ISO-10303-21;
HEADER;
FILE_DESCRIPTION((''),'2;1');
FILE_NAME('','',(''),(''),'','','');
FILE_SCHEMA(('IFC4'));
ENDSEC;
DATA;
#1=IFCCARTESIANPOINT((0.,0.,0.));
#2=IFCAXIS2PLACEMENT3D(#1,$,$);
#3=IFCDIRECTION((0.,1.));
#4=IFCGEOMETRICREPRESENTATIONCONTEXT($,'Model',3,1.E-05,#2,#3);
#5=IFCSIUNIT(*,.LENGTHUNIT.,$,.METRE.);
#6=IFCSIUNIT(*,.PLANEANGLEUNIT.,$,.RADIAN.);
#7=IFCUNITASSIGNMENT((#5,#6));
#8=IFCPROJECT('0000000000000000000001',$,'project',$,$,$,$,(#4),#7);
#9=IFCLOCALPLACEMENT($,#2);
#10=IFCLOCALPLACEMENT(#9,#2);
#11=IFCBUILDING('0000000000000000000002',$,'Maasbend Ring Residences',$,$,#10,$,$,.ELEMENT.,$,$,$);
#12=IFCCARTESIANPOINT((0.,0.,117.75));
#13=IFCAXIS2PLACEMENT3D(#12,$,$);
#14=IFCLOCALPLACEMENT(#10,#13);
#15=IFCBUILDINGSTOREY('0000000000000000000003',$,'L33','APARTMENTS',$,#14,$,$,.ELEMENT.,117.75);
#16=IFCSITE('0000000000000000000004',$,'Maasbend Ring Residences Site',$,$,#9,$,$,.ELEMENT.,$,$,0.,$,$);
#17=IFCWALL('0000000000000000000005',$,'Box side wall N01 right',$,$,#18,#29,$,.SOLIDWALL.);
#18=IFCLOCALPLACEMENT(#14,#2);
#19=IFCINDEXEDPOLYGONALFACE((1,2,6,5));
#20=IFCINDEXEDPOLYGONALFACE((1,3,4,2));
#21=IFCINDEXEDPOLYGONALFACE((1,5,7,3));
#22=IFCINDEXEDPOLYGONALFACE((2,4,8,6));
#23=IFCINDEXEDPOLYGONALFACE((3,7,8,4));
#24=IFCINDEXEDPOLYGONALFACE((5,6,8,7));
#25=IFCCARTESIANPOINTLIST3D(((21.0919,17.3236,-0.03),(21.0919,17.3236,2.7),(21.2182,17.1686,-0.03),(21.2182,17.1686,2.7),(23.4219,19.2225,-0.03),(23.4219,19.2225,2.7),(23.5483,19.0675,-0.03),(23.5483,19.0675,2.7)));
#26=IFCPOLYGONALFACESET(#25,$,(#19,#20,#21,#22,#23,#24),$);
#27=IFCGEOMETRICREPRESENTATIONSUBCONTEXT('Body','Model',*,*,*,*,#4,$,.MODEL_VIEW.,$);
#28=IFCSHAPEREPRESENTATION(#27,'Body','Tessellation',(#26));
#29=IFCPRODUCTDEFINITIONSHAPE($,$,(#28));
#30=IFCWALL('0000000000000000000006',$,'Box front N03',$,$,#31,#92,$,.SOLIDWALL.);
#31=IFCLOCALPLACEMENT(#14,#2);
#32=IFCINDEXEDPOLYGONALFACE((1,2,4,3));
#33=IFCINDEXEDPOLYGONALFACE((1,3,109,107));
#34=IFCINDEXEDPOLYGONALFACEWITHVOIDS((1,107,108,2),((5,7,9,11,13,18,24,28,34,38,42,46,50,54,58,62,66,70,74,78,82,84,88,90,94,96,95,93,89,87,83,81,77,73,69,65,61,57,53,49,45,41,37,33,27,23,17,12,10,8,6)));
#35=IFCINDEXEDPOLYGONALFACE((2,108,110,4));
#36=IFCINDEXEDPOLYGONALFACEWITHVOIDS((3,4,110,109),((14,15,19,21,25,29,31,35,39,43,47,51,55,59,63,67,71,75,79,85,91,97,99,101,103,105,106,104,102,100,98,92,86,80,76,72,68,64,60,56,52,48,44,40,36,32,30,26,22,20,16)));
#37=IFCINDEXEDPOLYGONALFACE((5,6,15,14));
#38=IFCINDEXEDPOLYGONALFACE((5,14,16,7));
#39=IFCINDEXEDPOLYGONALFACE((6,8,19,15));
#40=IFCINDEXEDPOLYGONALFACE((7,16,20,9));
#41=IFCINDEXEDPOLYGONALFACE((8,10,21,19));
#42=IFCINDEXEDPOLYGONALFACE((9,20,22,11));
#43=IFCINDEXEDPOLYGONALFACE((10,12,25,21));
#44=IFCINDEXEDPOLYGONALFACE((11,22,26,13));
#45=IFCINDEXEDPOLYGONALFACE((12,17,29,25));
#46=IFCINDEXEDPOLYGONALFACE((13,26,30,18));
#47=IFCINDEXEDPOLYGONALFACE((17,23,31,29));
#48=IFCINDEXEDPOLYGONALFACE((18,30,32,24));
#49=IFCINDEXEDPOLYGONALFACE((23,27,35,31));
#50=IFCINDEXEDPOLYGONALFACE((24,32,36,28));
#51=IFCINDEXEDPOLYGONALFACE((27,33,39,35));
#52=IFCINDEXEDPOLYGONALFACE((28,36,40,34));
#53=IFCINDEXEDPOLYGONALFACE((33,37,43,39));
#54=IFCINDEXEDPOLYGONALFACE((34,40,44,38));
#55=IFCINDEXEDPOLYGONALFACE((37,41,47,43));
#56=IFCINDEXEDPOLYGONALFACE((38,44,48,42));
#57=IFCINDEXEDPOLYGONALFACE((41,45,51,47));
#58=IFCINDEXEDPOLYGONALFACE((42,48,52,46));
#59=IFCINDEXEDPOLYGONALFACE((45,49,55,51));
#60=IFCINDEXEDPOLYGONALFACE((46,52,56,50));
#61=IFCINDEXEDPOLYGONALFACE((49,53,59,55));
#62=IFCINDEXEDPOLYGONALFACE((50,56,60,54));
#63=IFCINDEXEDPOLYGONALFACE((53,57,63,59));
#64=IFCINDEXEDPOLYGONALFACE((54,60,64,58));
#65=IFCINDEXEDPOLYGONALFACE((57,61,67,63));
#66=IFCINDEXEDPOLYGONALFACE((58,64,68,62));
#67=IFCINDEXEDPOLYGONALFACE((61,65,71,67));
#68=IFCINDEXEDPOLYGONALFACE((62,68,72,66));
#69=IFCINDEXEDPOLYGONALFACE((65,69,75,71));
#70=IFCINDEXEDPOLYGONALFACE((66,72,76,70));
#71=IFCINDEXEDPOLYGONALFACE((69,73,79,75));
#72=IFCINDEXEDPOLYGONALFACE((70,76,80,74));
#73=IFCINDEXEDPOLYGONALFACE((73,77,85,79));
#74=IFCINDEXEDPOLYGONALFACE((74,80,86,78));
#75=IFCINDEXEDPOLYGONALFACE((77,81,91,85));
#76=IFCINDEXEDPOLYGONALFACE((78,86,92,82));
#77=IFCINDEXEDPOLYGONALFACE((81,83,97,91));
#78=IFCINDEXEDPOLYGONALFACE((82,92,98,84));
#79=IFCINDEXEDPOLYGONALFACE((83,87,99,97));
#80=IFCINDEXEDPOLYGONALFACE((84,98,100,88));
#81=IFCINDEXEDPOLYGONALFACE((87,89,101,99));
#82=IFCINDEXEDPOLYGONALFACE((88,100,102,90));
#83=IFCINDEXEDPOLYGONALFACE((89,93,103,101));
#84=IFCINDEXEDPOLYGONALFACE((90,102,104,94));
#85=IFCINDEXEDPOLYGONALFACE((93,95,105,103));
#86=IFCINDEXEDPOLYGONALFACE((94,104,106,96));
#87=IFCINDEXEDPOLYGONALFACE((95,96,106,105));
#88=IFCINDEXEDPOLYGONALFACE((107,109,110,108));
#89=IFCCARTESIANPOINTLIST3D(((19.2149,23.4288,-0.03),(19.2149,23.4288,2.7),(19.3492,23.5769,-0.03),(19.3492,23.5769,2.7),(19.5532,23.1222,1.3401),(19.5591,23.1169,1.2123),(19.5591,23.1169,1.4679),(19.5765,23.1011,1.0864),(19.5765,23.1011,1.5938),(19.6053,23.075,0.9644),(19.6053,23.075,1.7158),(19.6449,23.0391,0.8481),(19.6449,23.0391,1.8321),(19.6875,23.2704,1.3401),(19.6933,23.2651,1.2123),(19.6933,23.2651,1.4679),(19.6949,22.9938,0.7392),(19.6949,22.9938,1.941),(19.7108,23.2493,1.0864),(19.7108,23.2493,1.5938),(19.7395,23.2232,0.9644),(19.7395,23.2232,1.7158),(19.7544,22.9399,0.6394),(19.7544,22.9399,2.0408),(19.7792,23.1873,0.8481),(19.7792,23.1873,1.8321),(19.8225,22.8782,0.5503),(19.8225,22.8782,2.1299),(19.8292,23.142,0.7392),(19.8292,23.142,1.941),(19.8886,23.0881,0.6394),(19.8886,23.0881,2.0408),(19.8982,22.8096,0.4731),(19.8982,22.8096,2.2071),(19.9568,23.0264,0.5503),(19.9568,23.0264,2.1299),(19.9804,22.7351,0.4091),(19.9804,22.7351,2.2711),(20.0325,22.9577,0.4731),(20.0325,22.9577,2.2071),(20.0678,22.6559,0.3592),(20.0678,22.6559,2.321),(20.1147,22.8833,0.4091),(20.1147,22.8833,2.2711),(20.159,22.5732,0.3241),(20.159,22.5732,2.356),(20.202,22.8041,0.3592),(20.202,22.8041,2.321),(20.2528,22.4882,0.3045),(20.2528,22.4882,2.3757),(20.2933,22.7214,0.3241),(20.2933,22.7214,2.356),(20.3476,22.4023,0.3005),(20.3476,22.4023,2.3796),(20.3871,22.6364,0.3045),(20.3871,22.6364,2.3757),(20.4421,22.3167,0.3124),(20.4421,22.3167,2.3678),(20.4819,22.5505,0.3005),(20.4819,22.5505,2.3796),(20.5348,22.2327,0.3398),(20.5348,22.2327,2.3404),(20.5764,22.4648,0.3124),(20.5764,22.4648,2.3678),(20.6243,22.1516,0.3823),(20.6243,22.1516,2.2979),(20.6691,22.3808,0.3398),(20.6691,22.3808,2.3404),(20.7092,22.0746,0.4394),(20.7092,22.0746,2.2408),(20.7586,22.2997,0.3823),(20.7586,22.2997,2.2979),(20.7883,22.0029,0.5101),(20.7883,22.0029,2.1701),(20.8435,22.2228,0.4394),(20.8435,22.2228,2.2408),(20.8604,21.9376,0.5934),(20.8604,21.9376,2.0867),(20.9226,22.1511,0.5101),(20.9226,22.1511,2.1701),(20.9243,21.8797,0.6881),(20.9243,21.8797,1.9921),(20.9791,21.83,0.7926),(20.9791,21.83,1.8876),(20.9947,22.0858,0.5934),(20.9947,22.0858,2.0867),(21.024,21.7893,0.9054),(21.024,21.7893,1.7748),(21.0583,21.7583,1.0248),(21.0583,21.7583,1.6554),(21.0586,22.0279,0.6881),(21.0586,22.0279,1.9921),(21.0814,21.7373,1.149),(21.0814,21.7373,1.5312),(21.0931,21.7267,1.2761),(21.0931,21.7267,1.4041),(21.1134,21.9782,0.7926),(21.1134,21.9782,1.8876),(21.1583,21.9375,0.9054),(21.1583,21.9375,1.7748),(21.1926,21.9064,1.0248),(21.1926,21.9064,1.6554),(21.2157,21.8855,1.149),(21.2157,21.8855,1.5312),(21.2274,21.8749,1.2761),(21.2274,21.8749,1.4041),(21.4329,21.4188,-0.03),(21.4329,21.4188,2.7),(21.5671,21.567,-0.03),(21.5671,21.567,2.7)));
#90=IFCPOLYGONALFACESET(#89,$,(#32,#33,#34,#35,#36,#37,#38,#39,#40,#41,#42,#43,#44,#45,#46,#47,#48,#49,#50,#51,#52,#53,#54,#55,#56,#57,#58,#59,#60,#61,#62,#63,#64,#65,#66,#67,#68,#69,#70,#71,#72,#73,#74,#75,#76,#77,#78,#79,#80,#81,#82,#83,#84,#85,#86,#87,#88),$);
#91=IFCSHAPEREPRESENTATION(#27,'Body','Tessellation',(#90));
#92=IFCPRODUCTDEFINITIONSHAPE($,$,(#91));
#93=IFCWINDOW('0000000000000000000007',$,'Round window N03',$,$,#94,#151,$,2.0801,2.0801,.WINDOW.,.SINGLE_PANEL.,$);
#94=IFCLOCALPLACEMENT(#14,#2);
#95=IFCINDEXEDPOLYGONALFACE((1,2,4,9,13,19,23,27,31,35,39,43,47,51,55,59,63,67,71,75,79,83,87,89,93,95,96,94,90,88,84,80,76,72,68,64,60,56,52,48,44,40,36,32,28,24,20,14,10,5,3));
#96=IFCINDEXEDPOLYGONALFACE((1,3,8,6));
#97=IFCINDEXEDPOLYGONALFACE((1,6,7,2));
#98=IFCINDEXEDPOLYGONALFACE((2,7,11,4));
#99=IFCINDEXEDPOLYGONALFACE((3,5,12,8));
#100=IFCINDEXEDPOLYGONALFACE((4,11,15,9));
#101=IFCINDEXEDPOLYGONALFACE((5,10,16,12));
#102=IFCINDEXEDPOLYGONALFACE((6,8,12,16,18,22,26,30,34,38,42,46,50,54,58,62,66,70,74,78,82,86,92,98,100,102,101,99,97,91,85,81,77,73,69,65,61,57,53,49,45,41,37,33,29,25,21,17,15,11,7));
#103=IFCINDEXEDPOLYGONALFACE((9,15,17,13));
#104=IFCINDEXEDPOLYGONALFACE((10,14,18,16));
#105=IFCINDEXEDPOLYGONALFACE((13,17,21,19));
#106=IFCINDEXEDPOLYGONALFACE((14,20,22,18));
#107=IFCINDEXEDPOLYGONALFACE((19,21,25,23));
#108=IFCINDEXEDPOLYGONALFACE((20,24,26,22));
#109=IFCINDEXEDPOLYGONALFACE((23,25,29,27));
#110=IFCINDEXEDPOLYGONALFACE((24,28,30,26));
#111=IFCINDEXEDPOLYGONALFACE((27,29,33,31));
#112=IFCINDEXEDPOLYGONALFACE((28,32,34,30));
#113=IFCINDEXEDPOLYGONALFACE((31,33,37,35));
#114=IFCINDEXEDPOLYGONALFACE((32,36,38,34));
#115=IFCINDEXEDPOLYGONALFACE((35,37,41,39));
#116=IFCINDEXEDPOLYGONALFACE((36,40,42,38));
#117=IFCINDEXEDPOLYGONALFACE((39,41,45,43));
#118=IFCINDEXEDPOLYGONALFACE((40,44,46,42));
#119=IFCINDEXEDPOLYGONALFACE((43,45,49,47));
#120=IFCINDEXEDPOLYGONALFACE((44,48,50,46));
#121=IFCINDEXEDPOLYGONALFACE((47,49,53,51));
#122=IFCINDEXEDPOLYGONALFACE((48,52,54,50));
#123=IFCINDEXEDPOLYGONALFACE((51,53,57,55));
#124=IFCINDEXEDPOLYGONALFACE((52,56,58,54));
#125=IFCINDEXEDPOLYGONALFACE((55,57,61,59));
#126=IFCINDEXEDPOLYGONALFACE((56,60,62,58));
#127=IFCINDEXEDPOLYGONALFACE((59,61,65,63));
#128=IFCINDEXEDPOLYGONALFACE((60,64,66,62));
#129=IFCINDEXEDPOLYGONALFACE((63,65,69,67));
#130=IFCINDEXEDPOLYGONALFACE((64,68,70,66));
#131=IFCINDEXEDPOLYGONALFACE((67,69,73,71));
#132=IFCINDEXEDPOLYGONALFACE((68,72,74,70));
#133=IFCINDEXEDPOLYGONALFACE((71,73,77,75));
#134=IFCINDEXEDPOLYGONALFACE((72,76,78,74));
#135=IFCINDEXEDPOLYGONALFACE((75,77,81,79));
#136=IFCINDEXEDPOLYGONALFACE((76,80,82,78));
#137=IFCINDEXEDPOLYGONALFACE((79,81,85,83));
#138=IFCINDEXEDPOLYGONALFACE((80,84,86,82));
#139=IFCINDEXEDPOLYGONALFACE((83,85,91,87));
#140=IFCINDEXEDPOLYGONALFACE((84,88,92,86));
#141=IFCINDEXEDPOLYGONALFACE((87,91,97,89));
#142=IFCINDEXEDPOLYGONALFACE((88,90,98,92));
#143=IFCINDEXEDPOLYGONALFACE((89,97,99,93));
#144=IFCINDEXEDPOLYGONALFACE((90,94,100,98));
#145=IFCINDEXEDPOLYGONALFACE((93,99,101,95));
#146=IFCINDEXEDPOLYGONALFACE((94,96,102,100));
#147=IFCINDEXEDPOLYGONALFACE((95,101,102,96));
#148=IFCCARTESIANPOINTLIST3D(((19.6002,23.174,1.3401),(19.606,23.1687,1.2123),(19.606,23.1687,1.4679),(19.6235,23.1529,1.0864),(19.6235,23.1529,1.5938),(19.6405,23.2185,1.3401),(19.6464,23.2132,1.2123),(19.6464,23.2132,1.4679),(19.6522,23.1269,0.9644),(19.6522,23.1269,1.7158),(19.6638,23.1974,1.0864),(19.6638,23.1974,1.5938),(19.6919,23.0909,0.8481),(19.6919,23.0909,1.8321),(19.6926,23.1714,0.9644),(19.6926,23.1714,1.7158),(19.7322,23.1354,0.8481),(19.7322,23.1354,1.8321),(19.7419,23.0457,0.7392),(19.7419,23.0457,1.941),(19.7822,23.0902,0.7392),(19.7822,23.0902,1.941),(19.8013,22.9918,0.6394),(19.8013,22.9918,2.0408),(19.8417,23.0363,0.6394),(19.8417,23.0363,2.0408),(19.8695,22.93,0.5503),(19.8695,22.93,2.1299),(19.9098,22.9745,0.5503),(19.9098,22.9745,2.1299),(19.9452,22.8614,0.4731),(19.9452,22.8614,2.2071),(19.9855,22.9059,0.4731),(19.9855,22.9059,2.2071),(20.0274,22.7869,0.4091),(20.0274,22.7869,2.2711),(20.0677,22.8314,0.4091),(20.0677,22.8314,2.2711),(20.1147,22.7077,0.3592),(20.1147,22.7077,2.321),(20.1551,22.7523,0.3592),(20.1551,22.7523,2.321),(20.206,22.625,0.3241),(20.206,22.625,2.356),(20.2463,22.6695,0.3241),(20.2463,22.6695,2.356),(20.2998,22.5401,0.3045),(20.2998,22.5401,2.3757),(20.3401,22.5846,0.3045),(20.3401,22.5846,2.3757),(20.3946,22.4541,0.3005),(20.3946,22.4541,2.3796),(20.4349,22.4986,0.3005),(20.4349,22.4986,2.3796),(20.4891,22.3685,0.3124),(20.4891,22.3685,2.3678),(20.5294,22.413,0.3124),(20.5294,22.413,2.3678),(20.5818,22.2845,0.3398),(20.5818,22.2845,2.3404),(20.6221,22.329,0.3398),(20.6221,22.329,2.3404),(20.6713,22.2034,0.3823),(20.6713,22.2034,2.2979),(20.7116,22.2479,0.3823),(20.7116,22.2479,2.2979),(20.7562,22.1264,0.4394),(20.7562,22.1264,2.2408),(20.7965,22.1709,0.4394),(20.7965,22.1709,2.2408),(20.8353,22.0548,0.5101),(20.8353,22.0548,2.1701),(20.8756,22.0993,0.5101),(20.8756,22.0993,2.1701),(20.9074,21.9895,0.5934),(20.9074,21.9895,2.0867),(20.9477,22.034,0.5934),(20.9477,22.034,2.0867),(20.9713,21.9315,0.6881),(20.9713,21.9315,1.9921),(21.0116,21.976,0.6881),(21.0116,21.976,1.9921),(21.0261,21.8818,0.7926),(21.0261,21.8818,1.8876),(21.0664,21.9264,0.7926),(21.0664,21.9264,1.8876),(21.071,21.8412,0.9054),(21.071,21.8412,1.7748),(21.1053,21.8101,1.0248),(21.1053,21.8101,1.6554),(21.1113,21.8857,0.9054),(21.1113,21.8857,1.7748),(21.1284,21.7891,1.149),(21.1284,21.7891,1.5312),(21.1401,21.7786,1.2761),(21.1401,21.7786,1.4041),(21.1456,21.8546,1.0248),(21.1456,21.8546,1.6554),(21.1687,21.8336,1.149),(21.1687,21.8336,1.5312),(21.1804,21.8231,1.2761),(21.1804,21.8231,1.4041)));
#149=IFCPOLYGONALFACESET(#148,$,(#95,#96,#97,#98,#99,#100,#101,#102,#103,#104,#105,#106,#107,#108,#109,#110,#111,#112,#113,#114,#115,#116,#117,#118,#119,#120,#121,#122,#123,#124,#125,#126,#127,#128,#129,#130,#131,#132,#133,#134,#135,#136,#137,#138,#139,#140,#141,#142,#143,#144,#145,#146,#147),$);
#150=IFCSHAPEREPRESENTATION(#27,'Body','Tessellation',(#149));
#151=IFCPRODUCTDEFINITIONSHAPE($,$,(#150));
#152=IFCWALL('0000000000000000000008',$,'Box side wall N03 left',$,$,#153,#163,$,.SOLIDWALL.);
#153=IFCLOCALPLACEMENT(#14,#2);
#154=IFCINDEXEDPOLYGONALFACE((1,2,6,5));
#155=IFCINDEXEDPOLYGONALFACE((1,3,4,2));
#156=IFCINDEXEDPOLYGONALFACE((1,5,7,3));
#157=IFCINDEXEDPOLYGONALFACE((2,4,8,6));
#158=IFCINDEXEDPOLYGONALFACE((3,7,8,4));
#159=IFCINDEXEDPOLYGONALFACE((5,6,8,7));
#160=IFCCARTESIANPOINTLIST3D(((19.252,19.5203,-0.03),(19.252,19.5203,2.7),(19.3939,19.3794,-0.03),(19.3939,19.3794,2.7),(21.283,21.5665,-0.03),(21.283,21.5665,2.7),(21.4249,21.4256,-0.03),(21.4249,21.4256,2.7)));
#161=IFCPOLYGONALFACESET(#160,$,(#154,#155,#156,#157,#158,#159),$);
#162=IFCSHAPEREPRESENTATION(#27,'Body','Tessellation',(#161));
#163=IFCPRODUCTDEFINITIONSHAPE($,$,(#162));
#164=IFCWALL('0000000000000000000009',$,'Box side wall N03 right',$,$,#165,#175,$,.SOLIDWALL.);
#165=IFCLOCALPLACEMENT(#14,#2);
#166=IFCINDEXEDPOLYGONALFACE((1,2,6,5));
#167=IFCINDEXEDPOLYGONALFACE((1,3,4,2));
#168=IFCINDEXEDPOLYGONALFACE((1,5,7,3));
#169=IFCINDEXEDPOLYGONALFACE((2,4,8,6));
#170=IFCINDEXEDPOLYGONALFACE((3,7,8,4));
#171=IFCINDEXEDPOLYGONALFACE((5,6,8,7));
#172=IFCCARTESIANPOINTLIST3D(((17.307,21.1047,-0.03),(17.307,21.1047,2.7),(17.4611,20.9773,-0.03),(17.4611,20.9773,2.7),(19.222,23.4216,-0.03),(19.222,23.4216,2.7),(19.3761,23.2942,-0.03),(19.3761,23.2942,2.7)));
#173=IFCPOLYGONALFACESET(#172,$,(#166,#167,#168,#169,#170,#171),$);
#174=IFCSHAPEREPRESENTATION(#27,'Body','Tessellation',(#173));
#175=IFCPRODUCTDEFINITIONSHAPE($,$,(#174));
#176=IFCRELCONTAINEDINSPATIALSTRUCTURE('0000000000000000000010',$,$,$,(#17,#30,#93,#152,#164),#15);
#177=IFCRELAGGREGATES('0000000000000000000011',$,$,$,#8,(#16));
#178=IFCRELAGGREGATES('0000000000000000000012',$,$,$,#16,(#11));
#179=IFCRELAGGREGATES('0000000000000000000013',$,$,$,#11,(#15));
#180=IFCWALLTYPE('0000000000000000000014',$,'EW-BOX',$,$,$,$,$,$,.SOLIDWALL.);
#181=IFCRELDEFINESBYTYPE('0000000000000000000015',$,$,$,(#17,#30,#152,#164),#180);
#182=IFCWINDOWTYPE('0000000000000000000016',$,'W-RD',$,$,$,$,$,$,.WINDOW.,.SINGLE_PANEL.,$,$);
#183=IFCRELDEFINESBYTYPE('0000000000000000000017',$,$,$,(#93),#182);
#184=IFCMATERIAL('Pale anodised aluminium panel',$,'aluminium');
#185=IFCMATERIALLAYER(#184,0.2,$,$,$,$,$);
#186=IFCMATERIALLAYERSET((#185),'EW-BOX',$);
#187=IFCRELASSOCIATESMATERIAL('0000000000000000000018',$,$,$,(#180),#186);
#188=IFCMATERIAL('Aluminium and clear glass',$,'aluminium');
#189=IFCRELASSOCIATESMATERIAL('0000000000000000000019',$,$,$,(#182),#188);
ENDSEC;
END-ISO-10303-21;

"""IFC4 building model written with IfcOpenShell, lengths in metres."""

from ifc_helpers import new_model, si_unit, direction, frame, frame_2d, origin, place, context, subcontext, project, spatial, rectangle, circle, extrude, material, layer, layer_set, type_object, element, fill, save


model = new_model("IFC4")

# Units and contexts
model_context = context("Model", 3, precision=1e-05, world=origin(), true_north=direction((0.0, 1.0)))
body_context = subcontext(model_context, "Body", "Model", "MODEL_VIEW")
ifc_project = project(units=[si_unit("LENGTHUNIT", "METRE"), si_unit("PLANEANGLEUNIT", "RADIAN")], contexts=[model_context])

# Site, building, storey
site_placement = place(None, origin())
site = spatial("IfcSite", under=ifc_project, at=site_placement, Name="Maasbend Ring Residences Site", CompositionType="ELEMENT", RefElevation=0.0)
building_placement = place(site_placement, origin())
building = spatial("IfcBuilding", under=site, at=building_placement, Name="Maasbend Ring Residences", CompositionType="ELEMENT")
storey_placement = place(building_placement, frame((0.0, 0.0, 117.75)))
storey = spatial("IfcBuildingStorey", under=building, at=storey_placement, Name="L33", Description="APARTMENTS", CompositionType="ELEMENT", Elevation=117.75)

# Shared definitions
ifc_material_1 = material(Name="Pale anodised aluminium panel", Category="aluminium")
ifc_layer_1 = layer(ifc_material_1, 0.2)
ifc_layer_set_1 = layer_set([ifc_layer_1], Name="EW-BOX")
wall_type_1 = type_object("IfcWallType", Name="EW-BOX", PredefinedType="SOLIDWALL", material=ifc_layer_set_1)
ifc_material_2 = material(Name="Aluminium and clear glass", Category="aluminium")
window_type_1 = type_object("IfcWindowType", Name="W-RD", PartitioningType="SINGLE_PANEL", PredefinedType="WINDOW", material=ifc_material_2)

# Wall
wall_1_placement = place(storey_placement, frame((21.155, 17.2461, -0.03), z_axis=(0.0, 0.0, 1.0), x_axis=(0.775179, 0.631742, 0.0)))
element("IfcWall", 1, at=wall_1_placement, inside=storey, type_object=wall_type_1, Name="Box side wall N01 right", PredefinedType="SOLIDWALL", context=body_context, shape_type="SweptSolid", body=[
    extrude(rectangle(XDim=3.0059, YDim=0.2, at=frame_2d((1.5029, 0.0))), origin(), (0.0, 0.0, 1.0), 2.73),
])

# Wall, opening, window
wall_2_placement = place(storey_placement, frame((21.5, 21.4929, -0.03), z_axis=(0.0, 0.0, 1.0), x_axis=(-0.740998, 0.671507, 0.0)))
wall_2 = element("IfcWall", 2, at=wall_2_placement, inside=storey, type_object=wall_type_1, Name="Box front N03", PredefinedType="SOLIDWALL", context=body_context, shape_type="SweptSolid", body=[
    extrude(rectangle(XDim=2.9932, YDim=0.2, at=frame_2d((1.4966, 0.0))), origin(), (0.0, 0.0, 1.0), 2.73),
])
opening_1_placement = place(wall_2_placement, frame((0.4565, 0.0, 0.3301)))
opening_1 = element("IfcOpeningElement", 3, at=opening_1_placement, cuts=wall_2, PredefinedType="OPENING", context=body_context, shape_type="SweptSolid", body=[
    extrude(circle(Radius=1.04, at=frame_2d((1.04, 1.04))), frame((0.0, 0.1099, 0.0), z_axis=(0.0, -1.0, 0.0), x_axis=(1.0, 0.0, 0.0)), (0.0, 0.0, 1.0), 0.22),
])
window_1_placement = place(opening_1_placement, origin())
window_1 = element("IfcWindow", 4, at=window_1_placement, inside=storey, type_object=window_type_1, Name="Round window N03", OverallHeight=2.0801, OverallWidth=2.0801, PartitioningType="SINGLE_PANEL", PredefinedType="WINDOW", context=body_context, shape_type="SweptSolid", body=[
    extrude(circle(Radius=1.04, at=frame_2d((1.04, 1.04))), frame((0.0, 0.03, 0.0), z_axis=(0.0, -1.0, 0.0), x_axis=(1.0, 0.0, 0.0)), (0.0, 0.0, 1.0), 0.0601),
])
fill(opening_1, window_1)

# Walls
wall_3_placement = place(storey_placement, frame((19.323, 19.45, -0.03), z_axis=(0.0, 0.0, 1.0), x_axis=(0.704477, 0.709727, 0.0)))
element("IfcWall", 5, at=wall_3_placement, inside=storey, type_object=wall_type_1, Name="Box side wall N03 left", PredefinedType="SOLIDWALL", context=body_context, shape_type="SweptSolid", body=[
    extrude(rectangle(XDim=2.8831, YDim=0.2, at=frame_2d((1.4414, 0.0))), origin(), (0.0, 0.0, 1.0), 2.73),
])
wall_4_placement = place(storey_placement, frame((17.384, 21.041, -0.03), z_axis=(0.0, 0.0, 1.0), x_axis=(0.637096, 0.770785, 0.0)))
element("IfcWall", 6, at=wall_4_placement, inside=storey, type_object=wall_type_1, Name="Box side wall N03 right", PredefinedType="SOLIDWALL", context=body_context, shape_type="SweptSolid", body=[
    extrude(rectangle(XDim=3.0059, YDim=0.2, at=frame_2d((1.5029, 0.0))), origin(), (0.0, 0.0, 1.0), 2.73),
])

save(model, "model.ifc")
